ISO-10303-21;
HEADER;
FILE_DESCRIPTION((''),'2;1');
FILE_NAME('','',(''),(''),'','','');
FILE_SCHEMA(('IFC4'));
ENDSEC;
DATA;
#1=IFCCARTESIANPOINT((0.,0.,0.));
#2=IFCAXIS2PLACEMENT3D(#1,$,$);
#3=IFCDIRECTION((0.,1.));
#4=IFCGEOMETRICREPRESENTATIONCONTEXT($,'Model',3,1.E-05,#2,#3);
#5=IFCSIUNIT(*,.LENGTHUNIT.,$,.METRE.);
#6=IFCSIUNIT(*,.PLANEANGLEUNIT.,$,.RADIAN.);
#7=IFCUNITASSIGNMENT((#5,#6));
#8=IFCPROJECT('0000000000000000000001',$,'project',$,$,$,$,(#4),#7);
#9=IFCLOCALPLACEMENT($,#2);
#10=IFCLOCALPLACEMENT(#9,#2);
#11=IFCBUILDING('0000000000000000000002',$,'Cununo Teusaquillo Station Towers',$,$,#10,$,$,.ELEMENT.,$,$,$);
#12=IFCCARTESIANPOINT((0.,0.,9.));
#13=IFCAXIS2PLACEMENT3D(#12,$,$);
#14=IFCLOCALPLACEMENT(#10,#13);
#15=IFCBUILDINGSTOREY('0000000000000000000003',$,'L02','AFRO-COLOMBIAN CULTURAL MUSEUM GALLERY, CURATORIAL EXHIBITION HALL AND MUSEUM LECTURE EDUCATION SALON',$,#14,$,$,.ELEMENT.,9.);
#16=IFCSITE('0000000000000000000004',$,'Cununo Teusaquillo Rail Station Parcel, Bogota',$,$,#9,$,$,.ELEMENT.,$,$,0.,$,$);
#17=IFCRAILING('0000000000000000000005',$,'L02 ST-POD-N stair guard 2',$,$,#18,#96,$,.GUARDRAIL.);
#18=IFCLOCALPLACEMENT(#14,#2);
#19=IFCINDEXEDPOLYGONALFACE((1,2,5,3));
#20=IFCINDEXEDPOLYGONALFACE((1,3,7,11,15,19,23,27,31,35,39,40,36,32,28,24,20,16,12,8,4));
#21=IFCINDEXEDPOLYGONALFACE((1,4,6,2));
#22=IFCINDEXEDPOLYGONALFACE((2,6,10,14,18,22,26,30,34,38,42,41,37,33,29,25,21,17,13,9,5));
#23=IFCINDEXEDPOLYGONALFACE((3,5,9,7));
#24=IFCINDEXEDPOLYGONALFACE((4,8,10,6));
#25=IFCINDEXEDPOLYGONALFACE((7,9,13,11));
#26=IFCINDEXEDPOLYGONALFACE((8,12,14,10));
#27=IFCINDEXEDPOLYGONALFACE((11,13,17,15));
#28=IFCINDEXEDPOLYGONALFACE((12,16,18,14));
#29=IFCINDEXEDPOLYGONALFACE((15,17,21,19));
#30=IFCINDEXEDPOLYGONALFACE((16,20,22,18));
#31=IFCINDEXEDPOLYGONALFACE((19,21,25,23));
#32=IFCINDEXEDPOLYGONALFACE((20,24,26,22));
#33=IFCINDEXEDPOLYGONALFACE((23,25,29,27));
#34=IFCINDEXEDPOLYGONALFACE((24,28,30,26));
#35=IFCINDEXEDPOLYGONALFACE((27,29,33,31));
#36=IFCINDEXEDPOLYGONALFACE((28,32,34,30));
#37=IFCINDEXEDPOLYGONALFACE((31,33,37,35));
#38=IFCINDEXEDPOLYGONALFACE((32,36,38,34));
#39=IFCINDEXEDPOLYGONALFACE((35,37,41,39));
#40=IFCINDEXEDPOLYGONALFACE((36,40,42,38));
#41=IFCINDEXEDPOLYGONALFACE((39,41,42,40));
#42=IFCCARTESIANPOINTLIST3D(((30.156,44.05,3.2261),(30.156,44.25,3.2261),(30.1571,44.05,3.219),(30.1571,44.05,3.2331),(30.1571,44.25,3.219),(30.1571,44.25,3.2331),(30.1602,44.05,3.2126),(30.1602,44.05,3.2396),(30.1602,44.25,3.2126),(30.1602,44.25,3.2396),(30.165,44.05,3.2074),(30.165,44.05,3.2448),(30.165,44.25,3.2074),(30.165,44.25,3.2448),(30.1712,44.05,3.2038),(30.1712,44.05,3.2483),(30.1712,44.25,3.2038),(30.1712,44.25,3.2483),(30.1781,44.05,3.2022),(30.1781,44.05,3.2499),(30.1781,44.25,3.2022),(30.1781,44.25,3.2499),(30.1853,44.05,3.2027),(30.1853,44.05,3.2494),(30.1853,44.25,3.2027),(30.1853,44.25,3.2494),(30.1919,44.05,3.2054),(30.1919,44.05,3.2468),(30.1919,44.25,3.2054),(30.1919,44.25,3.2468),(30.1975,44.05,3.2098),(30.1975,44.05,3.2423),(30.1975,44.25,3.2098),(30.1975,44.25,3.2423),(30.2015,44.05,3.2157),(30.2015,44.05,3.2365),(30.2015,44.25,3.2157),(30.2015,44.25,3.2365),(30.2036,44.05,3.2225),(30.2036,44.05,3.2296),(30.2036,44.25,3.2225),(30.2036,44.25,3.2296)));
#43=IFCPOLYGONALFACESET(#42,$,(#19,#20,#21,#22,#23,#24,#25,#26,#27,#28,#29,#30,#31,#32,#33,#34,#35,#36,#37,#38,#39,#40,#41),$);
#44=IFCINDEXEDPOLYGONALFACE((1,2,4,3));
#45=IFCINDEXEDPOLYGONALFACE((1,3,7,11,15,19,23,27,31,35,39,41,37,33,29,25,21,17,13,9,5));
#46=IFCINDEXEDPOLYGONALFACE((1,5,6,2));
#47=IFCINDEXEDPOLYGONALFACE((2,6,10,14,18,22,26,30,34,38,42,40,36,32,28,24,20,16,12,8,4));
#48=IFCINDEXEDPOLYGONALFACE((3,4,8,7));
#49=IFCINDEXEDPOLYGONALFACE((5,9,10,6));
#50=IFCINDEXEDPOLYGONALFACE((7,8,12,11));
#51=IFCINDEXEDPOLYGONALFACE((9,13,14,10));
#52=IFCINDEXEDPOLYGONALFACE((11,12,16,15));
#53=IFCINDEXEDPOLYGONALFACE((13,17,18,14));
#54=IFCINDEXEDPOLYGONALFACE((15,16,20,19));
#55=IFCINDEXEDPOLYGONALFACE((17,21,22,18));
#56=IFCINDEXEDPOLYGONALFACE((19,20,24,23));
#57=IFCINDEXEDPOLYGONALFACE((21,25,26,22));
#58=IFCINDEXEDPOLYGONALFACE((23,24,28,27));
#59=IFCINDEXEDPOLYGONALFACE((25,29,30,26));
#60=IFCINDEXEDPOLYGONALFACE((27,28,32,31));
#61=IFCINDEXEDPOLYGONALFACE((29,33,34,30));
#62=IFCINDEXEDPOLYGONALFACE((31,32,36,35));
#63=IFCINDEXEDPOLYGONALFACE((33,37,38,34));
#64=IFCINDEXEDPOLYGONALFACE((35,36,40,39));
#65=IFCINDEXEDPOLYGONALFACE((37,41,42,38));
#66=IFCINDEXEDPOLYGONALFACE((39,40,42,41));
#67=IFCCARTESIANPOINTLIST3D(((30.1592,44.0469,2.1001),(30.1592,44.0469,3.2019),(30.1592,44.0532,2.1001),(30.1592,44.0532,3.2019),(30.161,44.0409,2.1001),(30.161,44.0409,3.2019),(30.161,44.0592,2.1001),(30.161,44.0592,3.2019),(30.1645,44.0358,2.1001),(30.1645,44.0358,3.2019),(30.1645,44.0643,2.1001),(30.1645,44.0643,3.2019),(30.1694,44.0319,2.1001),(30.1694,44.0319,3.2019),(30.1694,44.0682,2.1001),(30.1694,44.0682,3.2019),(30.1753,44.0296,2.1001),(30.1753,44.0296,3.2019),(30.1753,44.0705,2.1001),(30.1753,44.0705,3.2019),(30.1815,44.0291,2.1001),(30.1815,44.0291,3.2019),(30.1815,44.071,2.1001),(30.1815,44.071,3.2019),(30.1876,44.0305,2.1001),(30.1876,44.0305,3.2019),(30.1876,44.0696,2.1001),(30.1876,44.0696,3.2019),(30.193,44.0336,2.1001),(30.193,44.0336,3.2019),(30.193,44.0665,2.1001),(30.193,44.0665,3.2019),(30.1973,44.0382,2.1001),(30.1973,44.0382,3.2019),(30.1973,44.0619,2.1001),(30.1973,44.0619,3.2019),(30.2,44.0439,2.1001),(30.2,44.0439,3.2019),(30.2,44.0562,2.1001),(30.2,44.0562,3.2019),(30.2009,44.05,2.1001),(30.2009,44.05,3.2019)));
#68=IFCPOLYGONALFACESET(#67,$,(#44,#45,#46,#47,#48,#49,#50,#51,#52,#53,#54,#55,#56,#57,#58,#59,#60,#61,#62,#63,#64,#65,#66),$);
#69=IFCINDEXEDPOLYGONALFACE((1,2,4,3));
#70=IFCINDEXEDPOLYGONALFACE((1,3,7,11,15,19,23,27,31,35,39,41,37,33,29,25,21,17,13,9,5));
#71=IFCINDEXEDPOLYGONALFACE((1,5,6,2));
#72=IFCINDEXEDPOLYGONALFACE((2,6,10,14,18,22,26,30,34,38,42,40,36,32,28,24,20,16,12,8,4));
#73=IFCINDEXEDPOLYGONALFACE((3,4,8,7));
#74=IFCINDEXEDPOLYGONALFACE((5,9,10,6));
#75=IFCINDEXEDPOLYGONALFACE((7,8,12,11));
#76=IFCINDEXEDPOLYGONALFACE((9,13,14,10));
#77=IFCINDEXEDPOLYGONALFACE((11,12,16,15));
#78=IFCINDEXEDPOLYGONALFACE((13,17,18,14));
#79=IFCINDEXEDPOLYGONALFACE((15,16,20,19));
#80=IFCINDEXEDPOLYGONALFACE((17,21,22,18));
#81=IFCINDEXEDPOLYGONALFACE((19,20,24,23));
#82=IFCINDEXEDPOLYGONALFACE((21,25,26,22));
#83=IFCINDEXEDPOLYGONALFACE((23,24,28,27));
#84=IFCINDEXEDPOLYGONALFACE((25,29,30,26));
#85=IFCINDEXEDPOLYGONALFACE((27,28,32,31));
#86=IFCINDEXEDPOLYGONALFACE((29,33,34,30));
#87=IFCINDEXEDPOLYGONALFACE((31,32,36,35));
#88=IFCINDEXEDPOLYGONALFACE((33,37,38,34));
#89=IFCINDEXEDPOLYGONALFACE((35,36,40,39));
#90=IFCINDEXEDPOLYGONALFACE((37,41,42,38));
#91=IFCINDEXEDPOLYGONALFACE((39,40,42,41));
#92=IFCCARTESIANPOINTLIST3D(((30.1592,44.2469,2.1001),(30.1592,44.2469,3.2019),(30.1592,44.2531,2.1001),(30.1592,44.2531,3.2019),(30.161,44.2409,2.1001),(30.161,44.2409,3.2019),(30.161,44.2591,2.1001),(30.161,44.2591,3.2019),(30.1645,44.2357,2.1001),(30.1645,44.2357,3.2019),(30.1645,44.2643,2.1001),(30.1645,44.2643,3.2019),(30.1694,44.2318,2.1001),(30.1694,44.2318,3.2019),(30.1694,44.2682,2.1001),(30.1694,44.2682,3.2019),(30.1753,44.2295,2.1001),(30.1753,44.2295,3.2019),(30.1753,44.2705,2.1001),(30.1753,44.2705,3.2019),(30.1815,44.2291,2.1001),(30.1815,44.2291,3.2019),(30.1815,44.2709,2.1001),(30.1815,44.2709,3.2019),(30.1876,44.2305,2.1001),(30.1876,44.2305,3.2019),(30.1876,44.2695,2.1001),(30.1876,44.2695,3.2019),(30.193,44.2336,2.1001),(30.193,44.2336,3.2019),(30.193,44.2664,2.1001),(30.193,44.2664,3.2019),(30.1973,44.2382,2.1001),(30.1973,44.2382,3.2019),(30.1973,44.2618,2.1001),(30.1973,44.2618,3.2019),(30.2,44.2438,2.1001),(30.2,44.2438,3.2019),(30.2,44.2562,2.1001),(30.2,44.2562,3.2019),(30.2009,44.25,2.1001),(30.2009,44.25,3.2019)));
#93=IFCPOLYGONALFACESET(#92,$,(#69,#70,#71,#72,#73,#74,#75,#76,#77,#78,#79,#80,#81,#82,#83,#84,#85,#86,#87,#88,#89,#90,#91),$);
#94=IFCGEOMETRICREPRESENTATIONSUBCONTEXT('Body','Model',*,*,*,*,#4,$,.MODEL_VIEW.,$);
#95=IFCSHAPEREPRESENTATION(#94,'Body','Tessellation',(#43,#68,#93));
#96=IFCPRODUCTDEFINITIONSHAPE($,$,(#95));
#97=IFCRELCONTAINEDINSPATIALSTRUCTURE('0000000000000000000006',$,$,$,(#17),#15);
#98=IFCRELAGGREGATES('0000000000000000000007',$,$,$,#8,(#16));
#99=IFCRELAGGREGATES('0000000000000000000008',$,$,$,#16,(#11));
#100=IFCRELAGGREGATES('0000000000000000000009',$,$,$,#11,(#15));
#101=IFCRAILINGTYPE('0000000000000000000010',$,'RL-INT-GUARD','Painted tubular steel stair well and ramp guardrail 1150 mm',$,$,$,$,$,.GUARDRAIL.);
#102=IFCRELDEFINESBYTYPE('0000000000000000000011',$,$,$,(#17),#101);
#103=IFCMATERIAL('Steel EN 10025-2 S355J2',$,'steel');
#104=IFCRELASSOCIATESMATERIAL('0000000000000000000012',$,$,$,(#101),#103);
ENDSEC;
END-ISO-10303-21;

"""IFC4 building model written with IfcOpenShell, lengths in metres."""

from ifc_helpers import new_model, si_unit, direction, frame, origin, origin_2d, place, context, subcontext, project, spatial, circle, extrude, material, type_object, element, save


model = new_model("IFC4")

# Units and contexts
model_context = context("Model", 3, precision=1e-05, world=origin(), true_north=direction((0.0, 1.0)))
body_context = subcontext(model_context, "Body", "Model", "MODEL_VIEW")
ifc_project = project(units=[si_unit("LENGTHUNIT", "METRE"), si_unit("PLANEANGLEUNIT", "RADIAN")], contexts=[model_context])

# Site, building, storey
site_placement = place(None, origin())
site = spatial("IfcSite", under=ifc_project, at=site_placement, Name="Cununo Teusaquillo Rail Station Parcel, Bogota", CompositionType="ELEMENT", RefElevation=0.0)
building_placement = place(site_placement, origin())
building = spatial("IfcBuilding", under=site, at=building_placement, Name="Cununo Teusaquillo Station Towers", CompositionType="ELEMENT")
storey_placement = place(building_placement, frame((0.0, 0.0, 9.0)))
storey = spatial("IfcBuildingStorey", under=building, at=storey_placement, Name="L02", Description="AFRO-COLOMBIAN CULTURAL MUSEUM GALLERY, CURATORIAL EXHIBITION HALL AND MUSEUM LECTURE EDUCATION SALON", CompositionType="ELEMENT", Elevation=9.0)

# Railing
ifc_material_1 = material(Name="Steel EN 10025-2 S355J2", Category="steel")
railing_type_1 = type_object("IfcRailingType", Name="RL-INT-GUARD", Description="Painted tubular steel stair well and ramp guardrail 1150 mm", PredefinedType="GUARDRAIL", material=ifc_material_1)
railing_1_placement = place(storey_placement, frame((30.1799, 44.05, 2.1001)))
element("IfcRailing", 1, at=railing_1_placement, inside=storey, type_object=railing_type_1, Name="L02 ST-POD-N stair guard 2", PredefinedType="GUARDRAIL", context=body_context, shape_type="SweptSolid", body=[
    extrude(circle(Radius=0.0239, at=origin_2d()), frame((0.0, 0.0, 1.126), z_axis=(0.0, 1.0, 0.0), x_axis=(-1.0, 0.0, 0.0)), (0.0, 0.0, 1.0), 0.2),
    extrude(circle(Radius=0.021, at=origin_2d()), origin(), (0.0, 0.0, 1.0), 1.1018),
    extrude(circle(Radius=0.021, at=origin_2d()), frame((0.0, 0.2, 0.0)), (0.0, 0.0, 1.0), 1.1018),
])

save(model, "model.ifc")
